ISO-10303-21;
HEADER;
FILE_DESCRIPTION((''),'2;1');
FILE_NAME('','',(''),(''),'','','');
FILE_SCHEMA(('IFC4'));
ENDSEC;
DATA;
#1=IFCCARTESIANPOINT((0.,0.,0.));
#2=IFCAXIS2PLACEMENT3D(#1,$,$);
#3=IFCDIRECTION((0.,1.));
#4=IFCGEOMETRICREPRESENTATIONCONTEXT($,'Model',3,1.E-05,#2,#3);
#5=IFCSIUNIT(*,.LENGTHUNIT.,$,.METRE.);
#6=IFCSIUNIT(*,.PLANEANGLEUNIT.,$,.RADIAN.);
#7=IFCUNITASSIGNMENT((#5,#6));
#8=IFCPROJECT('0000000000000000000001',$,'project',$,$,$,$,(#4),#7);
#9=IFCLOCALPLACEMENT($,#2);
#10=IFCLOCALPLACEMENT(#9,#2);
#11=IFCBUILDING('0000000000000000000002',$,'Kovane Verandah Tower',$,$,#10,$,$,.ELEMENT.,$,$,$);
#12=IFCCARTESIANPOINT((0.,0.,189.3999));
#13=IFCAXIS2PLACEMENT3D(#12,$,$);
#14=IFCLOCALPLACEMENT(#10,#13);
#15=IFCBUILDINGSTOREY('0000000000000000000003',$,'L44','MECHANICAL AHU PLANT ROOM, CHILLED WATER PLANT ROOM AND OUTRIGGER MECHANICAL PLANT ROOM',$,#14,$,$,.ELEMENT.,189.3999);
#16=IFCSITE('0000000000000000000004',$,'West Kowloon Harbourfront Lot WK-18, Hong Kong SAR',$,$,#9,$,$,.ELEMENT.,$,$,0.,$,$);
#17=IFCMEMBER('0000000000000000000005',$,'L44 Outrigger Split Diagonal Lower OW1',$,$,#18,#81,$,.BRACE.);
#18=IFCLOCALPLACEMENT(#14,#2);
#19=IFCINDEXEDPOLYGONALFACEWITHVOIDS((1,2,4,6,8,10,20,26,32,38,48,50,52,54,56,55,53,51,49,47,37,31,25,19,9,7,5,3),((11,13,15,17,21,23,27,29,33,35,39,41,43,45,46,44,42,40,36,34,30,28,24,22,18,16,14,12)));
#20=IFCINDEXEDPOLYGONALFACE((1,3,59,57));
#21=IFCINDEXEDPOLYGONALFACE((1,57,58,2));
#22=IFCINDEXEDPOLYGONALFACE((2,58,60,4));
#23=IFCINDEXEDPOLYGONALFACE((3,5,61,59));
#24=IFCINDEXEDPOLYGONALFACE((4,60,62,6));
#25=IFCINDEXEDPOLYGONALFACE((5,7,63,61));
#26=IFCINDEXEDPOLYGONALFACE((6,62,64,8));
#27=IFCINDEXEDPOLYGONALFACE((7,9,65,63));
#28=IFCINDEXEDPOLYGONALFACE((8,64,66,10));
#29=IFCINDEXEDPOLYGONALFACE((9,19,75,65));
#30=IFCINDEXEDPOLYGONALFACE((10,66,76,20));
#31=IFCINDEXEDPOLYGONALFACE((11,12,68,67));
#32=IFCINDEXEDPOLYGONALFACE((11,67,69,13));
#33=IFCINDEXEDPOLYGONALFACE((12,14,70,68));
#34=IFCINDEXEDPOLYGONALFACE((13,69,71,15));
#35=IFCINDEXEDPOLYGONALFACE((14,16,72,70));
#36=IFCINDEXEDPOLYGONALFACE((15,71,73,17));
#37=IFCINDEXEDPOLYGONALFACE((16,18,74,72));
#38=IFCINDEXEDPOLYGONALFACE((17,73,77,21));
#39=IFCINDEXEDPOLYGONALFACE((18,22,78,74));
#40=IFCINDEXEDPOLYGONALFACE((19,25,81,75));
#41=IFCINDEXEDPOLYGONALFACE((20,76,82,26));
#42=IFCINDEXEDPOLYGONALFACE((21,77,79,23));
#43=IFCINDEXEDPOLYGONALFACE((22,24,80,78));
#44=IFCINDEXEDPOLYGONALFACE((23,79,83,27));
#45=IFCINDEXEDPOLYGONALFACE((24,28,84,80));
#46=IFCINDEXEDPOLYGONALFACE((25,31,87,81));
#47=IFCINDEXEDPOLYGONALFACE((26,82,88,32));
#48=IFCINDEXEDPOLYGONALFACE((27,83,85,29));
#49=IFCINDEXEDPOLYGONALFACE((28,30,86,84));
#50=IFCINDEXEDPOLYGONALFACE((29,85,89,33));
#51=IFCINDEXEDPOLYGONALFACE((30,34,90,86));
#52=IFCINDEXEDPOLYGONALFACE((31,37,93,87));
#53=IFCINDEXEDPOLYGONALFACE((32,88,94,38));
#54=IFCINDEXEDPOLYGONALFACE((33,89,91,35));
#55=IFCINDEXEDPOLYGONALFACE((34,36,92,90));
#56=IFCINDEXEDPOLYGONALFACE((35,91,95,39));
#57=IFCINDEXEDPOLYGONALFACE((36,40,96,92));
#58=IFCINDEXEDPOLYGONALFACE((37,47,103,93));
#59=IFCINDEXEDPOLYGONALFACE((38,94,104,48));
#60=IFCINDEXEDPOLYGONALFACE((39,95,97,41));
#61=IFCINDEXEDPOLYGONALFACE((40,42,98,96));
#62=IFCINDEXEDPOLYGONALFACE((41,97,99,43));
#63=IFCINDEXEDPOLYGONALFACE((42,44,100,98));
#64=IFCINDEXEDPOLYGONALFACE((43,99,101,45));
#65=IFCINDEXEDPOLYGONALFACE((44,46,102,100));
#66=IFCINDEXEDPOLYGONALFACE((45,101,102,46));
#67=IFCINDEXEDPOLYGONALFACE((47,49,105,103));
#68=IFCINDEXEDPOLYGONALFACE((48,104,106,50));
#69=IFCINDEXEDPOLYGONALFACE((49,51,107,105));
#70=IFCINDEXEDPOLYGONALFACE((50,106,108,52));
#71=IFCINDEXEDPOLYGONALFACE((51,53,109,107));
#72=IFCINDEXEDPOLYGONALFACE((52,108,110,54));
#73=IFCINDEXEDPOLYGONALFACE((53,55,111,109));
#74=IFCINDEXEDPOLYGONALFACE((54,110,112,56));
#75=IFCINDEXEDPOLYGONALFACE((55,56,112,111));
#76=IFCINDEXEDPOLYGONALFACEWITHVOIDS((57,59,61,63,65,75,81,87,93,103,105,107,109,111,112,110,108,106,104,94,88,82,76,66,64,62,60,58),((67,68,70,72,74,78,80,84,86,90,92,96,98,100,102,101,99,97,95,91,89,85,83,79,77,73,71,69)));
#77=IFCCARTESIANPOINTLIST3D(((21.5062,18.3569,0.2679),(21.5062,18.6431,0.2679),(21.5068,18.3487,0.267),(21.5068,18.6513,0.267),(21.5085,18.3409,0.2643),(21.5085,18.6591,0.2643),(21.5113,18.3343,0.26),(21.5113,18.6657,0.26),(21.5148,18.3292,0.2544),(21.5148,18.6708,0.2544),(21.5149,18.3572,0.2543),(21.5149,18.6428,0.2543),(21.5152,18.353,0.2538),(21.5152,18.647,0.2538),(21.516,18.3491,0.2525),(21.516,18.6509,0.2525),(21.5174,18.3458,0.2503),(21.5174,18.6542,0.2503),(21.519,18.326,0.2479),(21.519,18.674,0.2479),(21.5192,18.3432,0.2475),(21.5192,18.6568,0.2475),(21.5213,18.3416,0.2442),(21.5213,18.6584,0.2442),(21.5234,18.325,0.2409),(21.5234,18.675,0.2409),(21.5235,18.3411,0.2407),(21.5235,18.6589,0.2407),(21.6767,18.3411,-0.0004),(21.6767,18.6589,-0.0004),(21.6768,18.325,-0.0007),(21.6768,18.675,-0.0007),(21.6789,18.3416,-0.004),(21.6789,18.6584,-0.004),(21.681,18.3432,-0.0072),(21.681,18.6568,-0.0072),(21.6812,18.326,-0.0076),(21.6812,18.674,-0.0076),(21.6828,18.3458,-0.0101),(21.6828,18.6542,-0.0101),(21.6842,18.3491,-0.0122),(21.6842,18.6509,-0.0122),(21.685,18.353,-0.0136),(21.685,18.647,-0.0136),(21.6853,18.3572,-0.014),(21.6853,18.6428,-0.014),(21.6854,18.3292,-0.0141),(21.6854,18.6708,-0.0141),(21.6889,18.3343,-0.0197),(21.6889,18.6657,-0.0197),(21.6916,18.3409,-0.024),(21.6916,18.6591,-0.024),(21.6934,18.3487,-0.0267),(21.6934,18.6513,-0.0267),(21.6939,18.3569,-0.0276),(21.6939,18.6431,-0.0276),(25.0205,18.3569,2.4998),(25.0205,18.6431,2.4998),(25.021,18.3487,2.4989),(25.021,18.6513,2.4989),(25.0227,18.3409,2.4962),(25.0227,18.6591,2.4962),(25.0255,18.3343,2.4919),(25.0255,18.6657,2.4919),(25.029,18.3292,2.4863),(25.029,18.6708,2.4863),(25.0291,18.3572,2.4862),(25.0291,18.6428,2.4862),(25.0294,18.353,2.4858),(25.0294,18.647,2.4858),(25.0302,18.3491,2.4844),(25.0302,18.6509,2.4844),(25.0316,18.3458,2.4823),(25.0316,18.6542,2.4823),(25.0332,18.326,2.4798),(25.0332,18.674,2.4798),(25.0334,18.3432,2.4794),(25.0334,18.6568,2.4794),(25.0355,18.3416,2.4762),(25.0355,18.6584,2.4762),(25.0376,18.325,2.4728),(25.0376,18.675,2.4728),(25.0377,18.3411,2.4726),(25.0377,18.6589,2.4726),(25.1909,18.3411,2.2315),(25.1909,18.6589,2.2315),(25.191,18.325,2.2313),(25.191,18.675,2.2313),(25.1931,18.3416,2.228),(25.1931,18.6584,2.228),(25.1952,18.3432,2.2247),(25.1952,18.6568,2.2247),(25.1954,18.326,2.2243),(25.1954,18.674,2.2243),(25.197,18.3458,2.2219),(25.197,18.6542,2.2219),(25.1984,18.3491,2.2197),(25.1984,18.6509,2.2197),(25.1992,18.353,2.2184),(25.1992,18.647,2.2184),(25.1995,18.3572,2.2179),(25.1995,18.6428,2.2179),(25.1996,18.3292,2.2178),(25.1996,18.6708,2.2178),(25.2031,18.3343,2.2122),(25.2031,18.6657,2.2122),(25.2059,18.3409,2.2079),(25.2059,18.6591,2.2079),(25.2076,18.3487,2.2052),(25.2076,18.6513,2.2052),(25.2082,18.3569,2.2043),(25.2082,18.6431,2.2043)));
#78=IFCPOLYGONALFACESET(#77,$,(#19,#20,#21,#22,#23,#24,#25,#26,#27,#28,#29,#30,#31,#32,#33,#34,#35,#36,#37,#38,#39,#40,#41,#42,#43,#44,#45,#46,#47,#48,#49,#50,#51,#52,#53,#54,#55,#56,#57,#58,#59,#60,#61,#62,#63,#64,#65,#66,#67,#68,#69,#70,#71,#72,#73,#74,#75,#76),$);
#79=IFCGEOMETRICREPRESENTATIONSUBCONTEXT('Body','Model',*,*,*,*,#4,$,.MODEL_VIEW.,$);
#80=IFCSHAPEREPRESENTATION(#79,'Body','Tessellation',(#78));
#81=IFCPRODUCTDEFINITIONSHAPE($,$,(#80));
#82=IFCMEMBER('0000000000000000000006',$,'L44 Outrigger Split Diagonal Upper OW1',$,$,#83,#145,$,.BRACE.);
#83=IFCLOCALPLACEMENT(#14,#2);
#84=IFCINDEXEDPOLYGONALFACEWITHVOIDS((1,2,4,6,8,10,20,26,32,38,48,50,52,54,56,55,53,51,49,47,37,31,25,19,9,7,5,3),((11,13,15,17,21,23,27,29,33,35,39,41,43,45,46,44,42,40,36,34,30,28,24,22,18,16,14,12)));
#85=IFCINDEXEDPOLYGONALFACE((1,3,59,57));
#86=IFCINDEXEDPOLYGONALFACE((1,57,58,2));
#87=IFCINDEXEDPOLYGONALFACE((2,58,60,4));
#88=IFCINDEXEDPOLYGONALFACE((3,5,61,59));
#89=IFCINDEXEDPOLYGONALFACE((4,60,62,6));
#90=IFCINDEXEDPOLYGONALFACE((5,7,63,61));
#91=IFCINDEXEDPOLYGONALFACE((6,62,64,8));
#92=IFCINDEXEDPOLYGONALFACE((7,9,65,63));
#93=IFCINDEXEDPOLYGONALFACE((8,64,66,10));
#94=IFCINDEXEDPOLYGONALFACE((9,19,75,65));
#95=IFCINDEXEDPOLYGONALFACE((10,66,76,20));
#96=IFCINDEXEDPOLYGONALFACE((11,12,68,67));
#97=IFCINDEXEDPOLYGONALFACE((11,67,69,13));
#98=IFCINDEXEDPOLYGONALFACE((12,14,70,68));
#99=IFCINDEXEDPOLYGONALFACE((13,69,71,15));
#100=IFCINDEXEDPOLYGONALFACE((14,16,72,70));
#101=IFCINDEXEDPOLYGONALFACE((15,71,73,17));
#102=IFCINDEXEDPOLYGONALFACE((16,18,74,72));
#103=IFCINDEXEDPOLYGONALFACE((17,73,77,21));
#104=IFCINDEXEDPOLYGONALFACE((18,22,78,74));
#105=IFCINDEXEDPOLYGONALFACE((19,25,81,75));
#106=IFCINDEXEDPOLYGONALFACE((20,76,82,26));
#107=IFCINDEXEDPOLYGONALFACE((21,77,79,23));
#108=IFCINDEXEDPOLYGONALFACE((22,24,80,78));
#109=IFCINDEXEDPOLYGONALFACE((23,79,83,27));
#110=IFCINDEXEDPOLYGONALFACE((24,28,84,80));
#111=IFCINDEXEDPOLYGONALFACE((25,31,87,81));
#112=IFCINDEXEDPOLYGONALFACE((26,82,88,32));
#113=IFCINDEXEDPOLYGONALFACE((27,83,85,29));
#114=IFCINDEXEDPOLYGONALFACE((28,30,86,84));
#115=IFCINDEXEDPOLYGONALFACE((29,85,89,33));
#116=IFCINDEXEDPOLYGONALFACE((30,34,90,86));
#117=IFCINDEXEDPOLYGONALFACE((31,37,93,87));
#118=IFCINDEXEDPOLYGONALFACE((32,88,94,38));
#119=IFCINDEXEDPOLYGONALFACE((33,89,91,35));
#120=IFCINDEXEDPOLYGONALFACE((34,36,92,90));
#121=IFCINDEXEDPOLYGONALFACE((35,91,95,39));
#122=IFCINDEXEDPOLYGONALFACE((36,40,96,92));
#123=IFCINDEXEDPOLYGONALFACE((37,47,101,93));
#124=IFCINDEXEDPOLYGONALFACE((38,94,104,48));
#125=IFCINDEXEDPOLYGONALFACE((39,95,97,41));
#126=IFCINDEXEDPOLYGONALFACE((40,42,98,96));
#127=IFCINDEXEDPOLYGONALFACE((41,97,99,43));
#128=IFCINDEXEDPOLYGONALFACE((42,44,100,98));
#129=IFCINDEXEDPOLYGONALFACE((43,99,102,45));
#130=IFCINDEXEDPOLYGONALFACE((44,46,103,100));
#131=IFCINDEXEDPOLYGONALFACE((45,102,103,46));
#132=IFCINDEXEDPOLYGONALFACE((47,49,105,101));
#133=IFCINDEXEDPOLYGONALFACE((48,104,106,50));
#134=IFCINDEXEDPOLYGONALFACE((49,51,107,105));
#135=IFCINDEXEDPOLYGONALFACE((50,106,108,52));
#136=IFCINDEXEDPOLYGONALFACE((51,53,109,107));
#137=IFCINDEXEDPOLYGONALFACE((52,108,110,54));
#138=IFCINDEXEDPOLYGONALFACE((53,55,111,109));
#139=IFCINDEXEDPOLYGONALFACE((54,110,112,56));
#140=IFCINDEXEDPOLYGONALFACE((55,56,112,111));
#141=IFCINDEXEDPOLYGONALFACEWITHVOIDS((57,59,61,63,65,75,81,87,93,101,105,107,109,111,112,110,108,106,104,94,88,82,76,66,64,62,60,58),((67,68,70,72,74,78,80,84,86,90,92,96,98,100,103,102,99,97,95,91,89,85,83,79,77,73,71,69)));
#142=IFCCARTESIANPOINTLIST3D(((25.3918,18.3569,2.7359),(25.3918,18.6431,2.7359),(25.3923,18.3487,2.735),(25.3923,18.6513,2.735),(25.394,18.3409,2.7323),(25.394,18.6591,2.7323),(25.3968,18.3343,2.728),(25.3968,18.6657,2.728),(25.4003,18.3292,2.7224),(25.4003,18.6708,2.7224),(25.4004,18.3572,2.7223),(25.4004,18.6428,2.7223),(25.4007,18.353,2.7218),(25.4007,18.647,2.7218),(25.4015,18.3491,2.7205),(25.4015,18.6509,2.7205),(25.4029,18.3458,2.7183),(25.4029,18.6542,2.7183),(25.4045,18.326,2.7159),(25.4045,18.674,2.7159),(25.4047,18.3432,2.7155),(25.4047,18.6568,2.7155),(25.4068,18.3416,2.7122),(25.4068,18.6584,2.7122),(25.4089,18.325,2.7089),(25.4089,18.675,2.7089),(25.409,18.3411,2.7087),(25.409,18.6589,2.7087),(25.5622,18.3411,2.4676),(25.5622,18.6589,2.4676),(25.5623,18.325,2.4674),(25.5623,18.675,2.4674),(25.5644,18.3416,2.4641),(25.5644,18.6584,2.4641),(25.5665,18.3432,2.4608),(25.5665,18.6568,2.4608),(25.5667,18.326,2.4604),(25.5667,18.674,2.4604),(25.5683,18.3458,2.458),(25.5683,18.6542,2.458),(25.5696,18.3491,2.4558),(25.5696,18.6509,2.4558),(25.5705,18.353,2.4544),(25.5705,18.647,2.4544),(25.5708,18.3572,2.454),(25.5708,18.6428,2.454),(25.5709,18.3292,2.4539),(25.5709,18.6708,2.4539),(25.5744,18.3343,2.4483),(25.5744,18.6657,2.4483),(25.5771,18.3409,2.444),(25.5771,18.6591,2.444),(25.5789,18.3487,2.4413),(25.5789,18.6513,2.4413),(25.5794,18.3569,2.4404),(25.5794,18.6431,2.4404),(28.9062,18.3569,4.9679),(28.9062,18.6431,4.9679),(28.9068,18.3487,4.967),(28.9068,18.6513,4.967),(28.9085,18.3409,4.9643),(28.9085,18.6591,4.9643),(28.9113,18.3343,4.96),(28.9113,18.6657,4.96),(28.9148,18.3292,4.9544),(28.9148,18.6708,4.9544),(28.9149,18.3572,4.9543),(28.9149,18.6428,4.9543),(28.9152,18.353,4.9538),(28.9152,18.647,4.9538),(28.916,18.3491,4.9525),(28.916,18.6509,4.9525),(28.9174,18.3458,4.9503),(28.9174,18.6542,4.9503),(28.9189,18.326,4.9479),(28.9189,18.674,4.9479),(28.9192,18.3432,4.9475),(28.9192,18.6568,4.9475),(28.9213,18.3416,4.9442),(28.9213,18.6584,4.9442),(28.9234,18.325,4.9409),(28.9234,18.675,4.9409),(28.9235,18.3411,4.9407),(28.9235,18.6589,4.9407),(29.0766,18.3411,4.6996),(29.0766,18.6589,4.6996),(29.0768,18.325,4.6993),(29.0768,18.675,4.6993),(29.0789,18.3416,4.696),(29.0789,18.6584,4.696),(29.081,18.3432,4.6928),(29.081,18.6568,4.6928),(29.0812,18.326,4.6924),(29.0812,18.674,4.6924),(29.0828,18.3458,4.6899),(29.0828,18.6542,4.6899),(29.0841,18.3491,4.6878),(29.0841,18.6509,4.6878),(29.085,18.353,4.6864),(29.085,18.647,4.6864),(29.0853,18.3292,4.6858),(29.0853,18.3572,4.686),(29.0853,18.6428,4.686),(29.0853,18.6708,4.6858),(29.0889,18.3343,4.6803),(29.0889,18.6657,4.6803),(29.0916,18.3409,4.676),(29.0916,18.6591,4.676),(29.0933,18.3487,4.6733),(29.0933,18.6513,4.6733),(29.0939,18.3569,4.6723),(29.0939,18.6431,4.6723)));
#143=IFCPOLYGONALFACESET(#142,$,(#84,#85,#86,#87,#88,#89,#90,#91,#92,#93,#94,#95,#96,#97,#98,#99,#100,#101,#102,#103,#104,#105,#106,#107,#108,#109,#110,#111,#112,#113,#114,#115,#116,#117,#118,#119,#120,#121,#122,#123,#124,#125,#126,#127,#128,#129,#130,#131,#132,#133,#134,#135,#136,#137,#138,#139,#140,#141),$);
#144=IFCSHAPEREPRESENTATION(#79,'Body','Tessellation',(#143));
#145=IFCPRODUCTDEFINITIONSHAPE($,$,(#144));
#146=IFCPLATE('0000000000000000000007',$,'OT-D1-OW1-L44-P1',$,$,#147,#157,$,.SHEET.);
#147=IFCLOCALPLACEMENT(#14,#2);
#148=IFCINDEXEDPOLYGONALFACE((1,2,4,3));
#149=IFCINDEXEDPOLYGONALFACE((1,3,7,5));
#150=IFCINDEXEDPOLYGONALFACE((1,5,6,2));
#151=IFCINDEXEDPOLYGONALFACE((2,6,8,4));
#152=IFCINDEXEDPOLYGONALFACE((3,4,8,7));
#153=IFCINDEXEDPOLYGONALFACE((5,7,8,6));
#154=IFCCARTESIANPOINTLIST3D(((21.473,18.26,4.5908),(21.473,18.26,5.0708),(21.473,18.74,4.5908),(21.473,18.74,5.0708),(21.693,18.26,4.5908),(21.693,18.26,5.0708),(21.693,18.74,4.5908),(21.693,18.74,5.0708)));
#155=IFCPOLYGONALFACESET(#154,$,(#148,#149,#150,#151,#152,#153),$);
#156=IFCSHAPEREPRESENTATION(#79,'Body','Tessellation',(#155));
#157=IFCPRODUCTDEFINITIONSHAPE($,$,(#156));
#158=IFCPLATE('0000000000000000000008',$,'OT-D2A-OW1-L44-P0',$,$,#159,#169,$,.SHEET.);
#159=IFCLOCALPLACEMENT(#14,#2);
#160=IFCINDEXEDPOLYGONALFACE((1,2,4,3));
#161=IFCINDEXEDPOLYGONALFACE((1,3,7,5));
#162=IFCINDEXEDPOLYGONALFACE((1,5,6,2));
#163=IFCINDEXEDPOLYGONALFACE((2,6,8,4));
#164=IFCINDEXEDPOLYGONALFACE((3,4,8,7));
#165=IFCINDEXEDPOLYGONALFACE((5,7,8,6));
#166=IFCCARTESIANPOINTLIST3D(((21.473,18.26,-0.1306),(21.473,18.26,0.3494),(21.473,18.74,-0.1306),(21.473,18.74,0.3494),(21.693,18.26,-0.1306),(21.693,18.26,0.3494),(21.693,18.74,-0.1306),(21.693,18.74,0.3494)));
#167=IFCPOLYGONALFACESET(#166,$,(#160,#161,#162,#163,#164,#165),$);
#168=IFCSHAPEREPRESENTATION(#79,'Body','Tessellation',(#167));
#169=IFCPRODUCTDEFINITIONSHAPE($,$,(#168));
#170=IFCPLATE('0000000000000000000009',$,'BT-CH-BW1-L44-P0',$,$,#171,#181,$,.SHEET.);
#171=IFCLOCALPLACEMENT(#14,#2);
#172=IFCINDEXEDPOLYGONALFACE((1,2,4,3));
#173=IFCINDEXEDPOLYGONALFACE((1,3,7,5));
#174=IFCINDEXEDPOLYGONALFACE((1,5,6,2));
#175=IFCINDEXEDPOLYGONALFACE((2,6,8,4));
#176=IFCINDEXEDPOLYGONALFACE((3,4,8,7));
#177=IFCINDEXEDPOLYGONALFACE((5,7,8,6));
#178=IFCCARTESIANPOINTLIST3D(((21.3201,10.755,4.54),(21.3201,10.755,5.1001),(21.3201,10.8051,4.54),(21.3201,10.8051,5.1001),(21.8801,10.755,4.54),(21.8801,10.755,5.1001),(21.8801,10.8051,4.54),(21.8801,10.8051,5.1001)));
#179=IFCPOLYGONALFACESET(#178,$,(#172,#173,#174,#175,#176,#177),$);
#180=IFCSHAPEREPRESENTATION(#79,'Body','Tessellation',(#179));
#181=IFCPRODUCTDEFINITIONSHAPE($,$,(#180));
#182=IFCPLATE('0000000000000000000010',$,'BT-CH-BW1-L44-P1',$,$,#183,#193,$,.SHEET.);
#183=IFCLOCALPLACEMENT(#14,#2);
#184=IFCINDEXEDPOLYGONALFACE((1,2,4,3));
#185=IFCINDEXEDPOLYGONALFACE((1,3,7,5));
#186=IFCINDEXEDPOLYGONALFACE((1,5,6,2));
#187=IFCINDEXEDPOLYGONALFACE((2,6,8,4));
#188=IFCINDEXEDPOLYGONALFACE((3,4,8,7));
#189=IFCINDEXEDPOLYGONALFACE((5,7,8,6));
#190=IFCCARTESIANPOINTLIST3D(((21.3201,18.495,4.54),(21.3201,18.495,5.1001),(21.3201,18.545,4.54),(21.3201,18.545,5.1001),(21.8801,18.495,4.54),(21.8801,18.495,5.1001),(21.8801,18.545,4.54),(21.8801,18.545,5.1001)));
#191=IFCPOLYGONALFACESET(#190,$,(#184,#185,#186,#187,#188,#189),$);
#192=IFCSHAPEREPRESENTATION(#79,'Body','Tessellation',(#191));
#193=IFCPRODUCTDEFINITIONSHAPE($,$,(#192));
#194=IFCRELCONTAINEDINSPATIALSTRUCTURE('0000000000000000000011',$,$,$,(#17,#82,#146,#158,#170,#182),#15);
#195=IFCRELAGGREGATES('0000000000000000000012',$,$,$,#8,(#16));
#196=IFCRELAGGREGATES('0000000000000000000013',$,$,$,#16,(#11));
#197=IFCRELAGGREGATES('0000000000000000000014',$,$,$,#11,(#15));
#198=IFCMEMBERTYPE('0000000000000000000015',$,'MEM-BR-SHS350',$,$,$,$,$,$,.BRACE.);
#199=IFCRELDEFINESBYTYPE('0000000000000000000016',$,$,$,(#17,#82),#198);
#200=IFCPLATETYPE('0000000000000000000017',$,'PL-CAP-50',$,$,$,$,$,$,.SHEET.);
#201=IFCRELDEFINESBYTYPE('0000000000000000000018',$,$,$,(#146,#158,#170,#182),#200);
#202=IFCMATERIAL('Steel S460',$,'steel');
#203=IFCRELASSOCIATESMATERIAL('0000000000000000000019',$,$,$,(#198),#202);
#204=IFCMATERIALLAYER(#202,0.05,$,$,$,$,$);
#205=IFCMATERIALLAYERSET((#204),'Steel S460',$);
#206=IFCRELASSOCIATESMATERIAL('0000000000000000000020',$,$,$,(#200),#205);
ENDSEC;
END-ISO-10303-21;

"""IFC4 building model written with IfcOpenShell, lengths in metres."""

from ifc_helpers import new_model, si_unit, direction, frame, origin, origin_2d, place, context, subcontext, project, spatial, rectangle, hollow_rectangle, extrude, material, layer, layer_set, material_profile, profile_set, type_object, element, save


model = new_model("IFC4")

# Units and contexts
model_context = context("Model", 3, precision=1e-05, world=origin(), true_north=direction((0.0, 1.0)))
body_context = subcontext(model_context, "Body", "Model", "MODEL_VIEW")
ifc_project = project(units=[si_unit("LENGTHUNIT", "METRE"), si_unit("PLANEANGLEUNIT", "RADIAN")], contexts=[model_context])

# Site, building, storey
site_placement = place(None, origin())
site = spatial("IfcSite", under=ifc_project, at=site_placement, Name="West Kowloon Harbourfront Lot WK-18, Hong Kong SAR", CompositionType="ELEMENT", RefElevation=0.0)
building_placement = place(site_placement, origin())
building = spatial("IfcBuilding", under=site, at=building_placement, Name="Kovane Verandah Tower", CompositionType="ELEMENT")
storey_placement = place(building_placement, frame((0.0, 0.0, 189.3999)))
storey = spatial("IfcBuildingStorey", under=building, at=storey_placement, Name="L44", Description="MECHANICAL AHU PLANT ROOM, CHILLED WATER PLANT ROOM AND OUTRIGGER MECHANICAL PLANT ROOM", CompositionType="ELEMENT", Elevation=189.3999)

# Shared definitions
ifc_material_1 = material(Name="Steel S460", Category="steel")

# Members
ifc_material_profile_1 = material_profile(ifc_material_1, hollow_rectangle(XDim=0.3501, YDim=0.3501, WallThickness=0.0161, InnerFilletRadius=0.0161, OuterFilletRadius=0.032, at=origin_2d()), Name="SHS350x350x16")
ifc_profile_set_1 = profile_set([ifc_material_profile_1], Name="Steel S460")
member_type_1 = type_object("IfcMemberType", Name="MEM-BR-SHS350", PredefinedType="BRACE", material=ifc_profile_set_1)
member_1_placement = place(storey_placement, frame((21.6001, 18.5, 0.1201), z_axis=(0.844134, 0.0, 0.536132), x_axis=(0.0, 1.0, 0.0)))
element("IfcMember", 1, at=member_1_placement, inside=storey, type_object=member_type_1, Name="L44 Outrigger Split Diagonal Lower OW1", PredefinedType="BRACE", context=body_context, shape_type="SweptSolid", body=[
    extrude(hollow_rectangle(XDim=0.3501, YDim=0.3501, WallThickness=0.0161, InnerFilletRadius=0.0161, OuterFilletRadius=0.032, at=origin_2d()), origin(), (0.0, 0.0, 1.0), 4.1631),
])
member_2_placement = place(storey_placement, frame((25.4856, 18.5, 2.5881), z_axis=(0.844151, 0.0, 0.536105), x_axis=(0.0, 1.0, 0.0)))
element("IfcMember", 2, at=member_2_placement, inside=storey, type_object=member_type_1, Name="L44 Outrigger Split Diagonal Upper OW1", PredefinedType="BRACE", context=body_context, shape_type="SweptSolid", body=[
    extrude(hollow_rectangle(XDim=0.3501, YDim=0.3501, WallThickness=0.0161, InnerFilletRadius=0.0161, OuterFilletRadius=0.032, at=origin_2d()), origin(), (0.0, 0.0, 1.0), 4.1633),
])

# Plates
ifc_layer_1 = layer(ifc_material_1, 0.05)
ifc_layer_set_1 = layer_set([ifc_layer_1], Name="Steel S460")
plate_type_1 = type_object("IfcPlateType", Name="PL-CAP-50", PredefinedType="SHEET", material=ifc_layer_set_1)
for number, where, z_axis, x_axis, name in (
    (3, (21.583, 18.5, 4.5908), (0.0, 0.0, 1.0), (-1.0, 0.0, 0.0), "OT-D1-OW1-L44-P1"),
    (4, (21.583, 18.5, -0.1306), (0.0, 0.0, 1.0), (1.0, 0.0, 0.0), "OT-D2A-OW1-L44-P0"),
):
    element("IfcPlate", number, at=place(storey_placement, frame(where, z_axis=z_axis, x_axis=x_axis)), inside=storey, type_object=plate_type_1, Name=name, PredefinedType="SHEET", context=body_context, shape_type="SweptSolid", body=[
        extrude(rectangle(XDim=0.22, YDim=0.48, at=origin_2d()), origin(), (0.0, 0.0, 1.0), 0.48),
    ])
for number, where, z_axis, x_axis, name in (
    (5, (21.6001, 10.78, 4.54), (0.0, 0.0, 1.0), (0.0, 1.0, 0.0), "BT-CH-BW1-L44-P0"),
    (6, (21.6001, 18.52, 4.54), (0.0, 0.0, 1.0), (0.0, 1.0, 0.0), "BT-CH-BW1-L44-P1"),
):
    element("IfcPlate", number, at=place(storey_placement, frame(where, z_axis=z_axis, x_axis=x_axis)), inside=storey, type_object=plate_type_1, Name=name, PredefinedType="SHEET", context=body_context, shape_type="SweptSolid", body=[
        extrude(rectangle(XDim=0.05, YDim=0.5601, at=origin_2d()), origin(), (0.0, 0.0, 1.0), 0.5601),
    ])

save(model, "model.ifc")
